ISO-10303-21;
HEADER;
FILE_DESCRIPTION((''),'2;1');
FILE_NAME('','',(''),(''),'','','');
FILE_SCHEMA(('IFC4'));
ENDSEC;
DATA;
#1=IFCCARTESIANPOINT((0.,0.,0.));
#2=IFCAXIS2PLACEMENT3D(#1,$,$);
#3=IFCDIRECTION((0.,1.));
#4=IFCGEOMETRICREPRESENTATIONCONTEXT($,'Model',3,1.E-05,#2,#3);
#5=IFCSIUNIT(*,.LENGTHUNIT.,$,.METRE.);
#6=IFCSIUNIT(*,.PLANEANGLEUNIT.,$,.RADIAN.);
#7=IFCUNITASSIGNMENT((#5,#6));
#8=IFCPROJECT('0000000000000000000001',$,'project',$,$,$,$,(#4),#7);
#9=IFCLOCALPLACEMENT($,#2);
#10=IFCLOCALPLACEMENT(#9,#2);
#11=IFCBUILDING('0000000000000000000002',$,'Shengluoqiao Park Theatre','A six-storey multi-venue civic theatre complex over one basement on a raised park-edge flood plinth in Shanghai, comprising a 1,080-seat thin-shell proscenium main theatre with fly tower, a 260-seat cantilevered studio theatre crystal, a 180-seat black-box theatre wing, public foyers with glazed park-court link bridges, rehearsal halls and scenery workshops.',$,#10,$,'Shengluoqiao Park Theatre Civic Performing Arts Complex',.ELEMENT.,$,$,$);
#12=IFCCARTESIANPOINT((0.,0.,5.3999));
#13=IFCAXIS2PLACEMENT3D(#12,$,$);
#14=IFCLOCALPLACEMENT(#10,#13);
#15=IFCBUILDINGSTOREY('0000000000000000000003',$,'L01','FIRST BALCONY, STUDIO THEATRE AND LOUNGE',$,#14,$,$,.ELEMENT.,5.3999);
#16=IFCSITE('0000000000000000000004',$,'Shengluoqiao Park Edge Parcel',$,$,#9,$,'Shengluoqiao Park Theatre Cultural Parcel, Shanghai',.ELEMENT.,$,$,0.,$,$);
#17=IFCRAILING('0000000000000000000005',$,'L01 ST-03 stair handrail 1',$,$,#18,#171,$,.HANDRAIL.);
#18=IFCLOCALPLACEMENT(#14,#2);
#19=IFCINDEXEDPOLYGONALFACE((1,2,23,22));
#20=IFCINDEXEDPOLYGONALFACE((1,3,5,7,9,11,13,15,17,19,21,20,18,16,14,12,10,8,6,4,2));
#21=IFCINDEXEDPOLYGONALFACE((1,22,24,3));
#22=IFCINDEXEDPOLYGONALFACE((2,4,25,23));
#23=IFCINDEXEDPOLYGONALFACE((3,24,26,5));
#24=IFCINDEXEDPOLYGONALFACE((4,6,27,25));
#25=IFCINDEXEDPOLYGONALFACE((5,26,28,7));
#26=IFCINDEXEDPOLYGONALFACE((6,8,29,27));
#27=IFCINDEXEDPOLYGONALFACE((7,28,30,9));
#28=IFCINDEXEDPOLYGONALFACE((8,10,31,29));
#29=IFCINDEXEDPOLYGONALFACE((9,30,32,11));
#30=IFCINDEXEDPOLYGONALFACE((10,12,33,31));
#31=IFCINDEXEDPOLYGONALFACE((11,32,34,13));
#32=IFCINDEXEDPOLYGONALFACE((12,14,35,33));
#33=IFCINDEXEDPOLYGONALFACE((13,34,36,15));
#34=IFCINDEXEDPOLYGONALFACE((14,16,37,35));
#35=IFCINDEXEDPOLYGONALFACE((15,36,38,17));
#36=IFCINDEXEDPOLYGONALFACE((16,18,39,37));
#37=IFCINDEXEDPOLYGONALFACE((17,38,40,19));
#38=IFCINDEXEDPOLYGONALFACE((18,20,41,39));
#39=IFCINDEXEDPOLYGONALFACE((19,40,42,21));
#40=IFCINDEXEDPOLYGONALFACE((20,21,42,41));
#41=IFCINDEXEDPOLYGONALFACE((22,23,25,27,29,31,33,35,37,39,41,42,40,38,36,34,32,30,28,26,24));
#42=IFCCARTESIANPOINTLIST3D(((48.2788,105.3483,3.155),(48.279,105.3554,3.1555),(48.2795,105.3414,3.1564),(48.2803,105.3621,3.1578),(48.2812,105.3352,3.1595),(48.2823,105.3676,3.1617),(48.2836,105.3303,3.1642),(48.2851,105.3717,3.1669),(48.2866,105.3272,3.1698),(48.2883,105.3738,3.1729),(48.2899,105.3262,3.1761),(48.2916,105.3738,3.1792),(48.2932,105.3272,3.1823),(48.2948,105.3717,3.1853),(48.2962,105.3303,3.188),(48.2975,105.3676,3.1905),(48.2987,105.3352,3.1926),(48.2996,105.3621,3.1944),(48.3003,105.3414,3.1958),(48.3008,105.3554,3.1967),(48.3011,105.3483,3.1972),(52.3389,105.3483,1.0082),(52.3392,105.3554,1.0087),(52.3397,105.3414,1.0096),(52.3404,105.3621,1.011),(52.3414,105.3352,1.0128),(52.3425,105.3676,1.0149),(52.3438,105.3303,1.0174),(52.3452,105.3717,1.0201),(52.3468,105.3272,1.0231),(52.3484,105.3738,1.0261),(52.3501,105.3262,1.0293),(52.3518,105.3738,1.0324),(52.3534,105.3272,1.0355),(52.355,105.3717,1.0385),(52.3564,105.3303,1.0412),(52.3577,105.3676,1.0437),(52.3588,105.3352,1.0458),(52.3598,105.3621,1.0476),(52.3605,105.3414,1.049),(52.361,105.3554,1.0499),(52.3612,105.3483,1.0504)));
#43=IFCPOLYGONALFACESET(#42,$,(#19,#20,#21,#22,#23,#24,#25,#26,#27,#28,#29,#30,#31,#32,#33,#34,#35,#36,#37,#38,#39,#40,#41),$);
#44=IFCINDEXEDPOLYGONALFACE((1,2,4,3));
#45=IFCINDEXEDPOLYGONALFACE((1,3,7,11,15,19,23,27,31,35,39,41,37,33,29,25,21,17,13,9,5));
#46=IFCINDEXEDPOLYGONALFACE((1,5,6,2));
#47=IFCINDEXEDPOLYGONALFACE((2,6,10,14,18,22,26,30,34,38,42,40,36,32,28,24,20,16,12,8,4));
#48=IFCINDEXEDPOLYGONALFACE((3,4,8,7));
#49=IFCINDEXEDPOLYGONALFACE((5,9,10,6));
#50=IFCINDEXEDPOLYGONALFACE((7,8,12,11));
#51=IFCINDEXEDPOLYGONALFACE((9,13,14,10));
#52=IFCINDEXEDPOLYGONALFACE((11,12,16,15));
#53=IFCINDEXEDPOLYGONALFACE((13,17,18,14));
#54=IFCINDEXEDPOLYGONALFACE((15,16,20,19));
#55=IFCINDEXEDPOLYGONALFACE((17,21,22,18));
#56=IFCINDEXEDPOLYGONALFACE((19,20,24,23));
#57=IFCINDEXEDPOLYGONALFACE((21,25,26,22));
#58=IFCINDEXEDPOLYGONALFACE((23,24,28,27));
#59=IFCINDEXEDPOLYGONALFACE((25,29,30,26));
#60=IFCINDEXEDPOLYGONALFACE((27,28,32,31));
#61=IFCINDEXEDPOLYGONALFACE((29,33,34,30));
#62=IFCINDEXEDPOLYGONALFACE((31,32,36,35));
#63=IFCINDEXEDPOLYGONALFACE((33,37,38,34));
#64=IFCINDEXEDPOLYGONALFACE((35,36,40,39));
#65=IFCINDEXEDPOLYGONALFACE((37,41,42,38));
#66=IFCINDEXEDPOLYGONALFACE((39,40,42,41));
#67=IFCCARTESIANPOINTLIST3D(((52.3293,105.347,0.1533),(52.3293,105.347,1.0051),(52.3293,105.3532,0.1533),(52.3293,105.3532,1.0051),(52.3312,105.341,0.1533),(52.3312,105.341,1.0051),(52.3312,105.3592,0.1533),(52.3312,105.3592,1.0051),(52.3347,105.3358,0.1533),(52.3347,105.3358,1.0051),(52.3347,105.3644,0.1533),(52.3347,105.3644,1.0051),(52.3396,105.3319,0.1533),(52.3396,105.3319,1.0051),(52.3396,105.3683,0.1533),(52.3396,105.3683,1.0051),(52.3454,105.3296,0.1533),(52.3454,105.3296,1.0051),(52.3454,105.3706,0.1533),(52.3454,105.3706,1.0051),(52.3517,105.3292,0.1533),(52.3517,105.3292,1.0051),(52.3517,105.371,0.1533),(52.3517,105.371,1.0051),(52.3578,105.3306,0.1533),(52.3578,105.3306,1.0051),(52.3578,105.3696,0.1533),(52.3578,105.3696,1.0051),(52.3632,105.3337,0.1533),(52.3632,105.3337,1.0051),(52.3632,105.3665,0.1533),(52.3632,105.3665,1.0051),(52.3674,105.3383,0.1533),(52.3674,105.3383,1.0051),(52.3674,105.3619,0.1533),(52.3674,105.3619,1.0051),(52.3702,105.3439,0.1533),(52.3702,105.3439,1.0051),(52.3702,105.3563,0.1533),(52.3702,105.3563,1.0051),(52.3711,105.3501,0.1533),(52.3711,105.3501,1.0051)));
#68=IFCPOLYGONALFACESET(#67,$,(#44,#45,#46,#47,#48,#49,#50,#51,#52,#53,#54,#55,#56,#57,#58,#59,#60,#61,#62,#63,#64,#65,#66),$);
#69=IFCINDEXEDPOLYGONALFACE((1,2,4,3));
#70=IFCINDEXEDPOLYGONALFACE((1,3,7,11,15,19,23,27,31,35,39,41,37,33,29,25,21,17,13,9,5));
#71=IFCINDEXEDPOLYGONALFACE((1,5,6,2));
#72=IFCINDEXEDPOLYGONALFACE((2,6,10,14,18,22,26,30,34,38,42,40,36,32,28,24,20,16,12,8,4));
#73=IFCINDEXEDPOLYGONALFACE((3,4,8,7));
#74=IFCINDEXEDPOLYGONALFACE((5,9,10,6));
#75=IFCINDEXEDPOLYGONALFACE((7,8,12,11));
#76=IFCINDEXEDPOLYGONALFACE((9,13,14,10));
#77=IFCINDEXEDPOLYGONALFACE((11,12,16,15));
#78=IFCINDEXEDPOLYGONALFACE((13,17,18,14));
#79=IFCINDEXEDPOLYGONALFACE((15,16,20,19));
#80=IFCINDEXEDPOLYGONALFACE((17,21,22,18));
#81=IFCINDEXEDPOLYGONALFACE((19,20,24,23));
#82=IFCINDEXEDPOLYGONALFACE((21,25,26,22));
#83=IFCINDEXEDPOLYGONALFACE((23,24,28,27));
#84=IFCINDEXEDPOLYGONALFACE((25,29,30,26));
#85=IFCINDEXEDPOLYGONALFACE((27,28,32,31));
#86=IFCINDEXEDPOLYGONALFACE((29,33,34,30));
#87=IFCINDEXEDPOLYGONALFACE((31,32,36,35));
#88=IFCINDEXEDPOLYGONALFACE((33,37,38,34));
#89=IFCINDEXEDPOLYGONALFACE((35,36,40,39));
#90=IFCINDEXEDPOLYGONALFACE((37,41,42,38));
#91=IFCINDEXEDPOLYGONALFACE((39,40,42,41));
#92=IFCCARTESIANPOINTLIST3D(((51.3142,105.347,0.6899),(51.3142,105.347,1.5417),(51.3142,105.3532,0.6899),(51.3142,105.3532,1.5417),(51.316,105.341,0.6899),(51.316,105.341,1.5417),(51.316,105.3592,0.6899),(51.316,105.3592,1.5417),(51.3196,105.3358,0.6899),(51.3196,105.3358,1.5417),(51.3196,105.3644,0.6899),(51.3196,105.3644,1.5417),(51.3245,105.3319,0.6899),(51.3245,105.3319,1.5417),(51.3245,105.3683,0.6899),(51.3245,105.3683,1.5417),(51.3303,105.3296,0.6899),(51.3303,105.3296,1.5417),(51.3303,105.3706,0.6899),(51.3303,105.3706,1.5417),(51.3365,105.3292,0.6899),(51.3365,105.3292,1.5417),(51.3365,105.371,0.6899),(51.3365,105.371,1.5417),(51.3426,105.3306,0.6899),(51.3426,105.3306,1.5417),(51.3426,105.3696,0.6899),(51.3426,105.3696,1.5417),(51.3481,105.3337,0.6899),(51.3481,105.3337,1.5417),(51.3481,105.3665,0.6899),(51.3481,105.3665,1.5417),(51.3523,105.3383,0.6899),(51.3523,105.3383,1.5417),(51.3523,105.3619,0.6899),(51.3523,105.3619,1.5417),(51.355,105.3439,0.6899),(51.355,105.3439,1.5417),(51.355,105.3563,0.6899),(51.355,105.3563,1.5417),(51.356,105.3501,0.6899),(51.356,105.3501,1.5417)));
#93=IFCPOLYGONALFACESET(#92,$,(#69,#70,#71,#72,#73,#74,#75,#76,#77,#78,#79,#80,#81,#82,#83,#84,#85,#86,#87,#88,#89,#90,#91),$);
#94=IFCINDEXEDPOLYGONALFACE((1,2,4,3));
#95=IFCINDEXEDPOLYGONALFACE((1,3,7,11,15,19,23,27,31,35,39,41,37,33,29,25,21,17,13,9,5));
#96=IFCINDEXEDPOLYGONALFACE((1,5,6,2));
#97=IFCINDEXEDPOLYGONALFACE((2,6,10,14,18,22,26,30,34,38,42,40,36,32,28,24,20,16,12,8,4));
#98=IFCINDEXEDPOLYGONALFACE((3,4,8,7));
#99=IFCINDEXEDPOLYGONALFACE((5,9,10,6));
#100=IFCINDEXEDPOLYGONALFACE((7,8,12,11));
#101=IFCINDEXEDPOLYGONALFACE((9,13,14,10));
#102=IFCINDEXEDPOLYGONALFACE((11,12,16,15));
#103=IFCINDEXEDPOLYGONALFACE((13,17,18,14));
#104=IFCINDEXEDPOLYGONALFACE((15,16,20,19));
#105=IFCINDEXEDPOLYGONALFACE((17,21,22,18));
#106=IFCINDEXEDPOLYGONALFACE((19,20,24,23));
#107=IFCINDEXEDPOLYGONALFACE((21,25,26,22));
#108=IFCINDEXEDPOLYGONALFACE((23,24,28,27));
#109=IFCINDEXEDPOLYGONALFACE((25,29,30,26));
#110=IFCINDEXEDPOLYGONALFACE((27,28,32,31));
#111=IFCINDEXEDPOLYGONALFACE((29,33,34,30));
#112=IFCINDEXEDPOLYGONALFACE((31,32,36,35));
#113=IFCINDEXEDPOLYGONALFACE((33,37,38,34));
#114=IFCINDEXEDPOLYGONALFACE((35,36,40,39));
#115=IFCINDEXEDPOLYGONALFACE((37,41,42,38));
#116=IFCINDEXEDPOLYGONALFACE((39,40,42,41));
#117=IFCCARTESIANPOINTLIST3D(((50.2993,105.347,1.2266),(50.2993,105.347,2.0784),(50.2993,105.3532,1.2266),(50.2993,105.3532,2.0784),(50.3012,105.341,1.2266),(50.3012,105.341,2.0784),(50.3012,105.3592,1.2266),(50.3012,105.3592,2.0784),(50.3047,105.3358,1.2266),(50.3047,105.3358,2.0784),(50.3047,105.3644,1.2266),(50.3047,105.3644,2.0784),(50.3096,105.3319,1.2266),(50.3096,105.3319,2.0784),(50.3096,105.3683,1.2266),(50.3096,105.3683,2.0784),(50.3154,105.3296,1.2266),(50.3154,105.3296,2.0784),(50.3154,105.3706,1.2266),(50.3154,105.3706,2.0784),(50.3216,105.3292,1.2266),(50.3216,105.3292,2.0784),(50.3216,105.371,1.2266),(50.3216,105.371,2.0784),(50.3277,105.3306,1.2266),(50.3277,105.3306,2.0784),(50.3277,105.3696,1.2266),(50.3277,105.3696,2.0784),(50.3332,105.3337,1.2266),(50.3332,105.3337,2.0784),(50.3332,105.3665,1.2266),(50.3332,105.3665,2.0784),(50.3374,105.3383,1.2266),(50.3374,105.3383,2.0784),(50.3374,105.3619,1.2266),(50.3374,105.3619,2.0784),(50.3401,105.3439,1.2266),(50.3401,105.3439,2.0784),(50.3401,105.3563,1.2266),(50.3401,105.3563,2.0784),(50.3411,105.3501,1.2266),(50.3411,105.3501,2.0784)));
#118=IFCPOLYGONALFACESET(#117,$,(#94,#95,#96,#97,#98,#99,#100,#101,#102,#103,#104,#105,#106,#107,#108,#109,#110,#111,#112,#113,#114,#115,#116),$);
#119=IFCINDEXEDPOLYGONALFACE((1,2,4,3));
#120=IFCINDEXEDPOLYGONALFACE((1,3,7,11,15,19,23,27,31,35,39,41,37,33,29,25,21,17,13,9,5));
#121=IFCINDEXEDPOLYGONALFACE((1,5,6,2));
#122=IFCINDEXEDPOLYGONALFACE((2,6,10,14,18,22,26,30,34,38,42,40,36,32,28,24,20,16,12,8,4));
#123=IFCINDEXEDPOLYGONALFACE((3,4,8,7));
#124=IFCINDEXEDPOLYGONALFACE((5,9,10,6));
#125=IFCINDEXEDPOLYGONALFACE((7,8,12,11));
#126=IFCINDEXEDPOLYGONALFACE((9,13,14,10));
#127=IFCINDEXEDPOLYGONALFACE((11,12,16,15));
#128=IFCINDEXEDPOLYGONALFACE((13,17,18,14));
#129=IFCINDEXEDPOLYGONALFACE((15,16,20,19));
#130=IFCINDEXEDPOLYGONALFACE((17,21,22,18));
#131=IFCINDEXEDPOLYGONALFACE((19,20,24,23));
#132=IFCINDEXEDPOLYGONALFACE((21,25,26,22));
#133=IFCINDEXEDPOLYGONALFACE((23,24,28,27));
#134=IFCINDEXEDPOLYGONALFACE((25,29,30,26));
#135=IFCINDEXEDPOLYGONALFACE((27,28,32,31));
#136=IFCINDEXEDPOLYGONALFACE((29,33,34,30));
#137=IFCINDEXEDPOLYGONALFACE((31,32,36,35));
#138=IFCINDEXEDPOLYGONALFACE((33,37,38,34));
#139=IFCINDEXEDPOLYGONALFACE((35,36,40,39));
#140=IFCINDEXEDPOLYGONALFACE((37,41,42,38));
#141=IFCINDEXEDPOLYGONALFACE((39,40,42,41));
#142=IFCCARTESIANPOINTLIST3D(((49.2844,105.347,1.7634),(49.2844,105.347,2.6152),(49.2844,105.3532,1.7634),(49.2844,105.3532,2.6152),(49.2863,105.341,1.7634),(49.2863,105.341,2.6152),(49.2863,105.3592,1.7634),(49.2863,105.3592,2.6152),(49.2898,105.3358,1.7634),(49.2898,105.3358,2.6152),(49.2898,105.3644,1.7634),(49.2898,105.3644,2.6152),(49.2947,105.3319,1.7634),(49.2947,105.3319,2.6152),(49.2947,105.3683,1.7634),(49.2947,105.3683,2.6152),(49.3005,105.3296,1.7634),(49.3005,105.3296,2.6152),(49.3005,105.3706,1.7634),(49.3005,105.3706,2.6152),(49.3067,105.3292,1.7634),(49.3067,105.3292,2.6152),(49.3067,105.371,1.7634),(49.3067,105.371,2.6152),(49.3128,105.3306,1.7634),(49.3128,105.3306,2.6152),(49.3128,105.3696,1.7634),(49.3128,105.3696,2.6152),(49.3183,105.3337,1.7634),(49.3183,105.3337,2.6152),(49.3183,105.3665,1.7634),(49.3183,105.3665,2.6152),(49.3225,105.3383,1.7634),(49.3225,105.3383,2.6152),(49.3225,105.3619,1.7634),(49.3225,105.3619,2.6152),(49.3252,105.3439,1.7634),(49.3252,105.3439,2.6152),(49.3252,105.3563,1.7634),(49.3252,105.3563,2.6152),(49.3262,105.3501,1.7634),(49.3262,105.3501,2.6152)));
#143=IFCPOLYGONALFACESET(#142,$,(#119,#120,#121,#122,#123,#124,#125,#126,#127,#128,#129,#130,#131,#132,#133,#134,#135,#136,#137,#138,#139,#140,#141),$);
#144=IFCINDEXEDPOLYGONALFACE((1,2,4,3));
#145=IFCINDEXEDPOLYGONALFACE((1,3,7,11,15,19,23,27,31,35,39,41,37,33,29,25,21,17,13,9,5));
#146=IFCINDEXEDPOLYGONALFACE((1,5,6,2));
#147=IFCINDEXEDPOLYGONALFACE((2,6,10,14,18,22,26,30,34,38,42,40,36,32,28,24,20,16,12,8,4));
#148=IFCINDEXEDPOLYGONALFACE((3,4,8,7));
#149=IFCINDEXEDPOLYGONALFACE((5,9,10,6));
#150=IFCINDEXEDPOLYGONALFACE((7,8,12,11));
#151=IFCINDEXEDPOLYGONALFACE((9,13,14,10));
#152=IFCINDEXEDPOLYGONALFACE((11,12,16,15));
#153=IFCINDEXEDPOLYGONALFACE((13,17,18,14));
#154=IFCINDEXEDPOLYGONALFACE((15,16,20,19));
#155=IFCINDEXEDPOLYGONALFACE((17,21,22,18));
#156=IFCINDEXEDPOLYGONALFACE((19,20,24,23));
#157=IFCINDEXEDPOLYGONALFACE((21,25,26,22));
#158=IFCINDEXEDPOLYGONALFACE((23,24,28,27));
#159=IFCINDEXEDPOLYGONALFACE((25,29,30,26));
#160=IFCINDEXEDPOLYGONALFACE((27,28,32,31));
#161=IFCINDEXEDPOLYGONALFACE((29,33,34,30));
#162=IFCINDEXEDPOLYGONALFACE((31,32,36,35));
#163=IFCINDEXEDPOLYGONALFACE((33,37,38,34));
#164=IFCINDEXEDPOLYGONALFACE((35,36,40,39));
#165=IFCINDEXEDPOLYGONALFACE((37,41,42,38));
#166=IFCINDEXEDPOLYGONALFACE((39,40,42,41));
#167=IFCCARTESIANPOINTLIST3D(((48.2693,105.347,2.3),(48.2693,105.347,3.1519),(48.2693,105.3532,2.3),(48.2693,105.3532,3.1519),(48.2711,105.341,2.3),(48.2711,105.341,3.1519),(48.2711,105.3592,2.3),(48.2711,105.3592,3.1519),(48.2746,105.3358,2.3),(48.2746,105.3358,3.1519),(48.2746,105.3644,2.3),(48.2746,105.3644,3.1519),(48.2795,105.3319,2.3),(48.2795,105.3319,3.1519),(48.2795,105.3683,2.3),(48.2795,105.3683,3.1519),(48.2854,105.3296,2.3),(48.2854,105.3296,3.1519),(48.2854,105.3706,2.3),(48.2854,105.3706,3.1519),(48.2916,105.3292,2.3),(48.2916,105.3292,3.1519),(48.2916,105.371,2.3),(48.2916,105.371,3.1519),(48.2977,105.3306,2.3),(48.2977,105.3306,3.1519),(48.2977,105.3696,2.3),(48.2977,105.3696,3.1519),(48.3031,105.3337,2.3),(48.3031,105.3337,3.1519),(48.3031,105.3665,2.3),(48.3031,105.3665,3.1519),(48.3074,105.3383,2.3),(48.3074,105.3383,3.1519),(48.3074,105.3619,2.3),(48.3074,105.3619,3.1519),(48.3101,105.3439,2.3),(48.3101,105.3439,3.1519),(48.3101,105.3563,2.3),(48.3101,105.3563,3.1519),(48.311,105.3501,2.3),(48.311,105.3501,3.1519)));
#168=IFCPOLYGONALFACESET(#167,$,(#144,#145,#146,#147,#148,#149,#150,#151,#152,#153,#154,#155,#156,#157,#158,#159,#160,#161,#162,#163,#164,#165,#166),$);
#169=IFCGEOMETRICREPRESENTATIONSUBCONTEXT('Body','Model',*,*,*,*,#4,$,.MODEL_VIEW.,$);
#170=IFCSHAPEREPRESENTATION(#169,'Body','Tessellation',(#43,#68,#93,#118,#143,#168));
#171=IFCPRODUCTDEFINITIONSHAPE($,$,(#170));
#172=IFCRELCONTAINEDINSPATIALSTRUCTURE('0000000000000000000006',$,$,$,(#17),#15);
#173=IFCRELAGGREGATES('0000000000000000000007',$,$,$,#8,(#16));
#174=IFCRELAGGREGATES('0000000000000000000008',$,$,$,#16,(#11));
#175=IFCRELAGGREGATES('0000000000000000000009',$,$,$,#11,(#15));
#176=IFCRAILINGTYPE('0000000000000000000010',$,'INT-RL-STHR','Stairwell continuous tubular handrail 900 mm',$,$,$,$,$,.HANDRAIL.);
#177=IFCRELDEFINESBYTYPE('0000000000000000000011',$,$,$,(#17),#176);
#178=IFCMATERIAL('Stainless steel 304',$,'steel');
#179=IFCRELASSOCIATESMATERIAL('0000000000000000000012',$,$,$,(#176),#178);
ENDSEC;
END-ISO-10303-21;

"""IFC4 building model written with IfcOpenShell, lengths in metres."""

from ifc_helpers import new_model, si_unit, direction, frame, origin, origin_2d, place, context, subcontext, project, spatial, circle, extrude, material, type_object, element, save


model = new_model("IFC4")

# Units and contexts
model_context = context("Model", 3, precision=1e-05, world=origin(), true_north=direction((0.0, 1.0)))
body_context = subcontext(model_context, "Body", "Model", "MODEL_VIEW")
ifc_project = project(units=[si_unit("LENGTHUNIT", "METRE"), si_unit("PLANEANGLEUNIT", "RADIAN")], contexts=[model_context])

# Site, building, storey
site_placement = place(None, origin())
site = spatial("IfcSite", under=ifc_project, at=site_placement, Name="Shengluoqiao Park Edge Parcel", LongName="Shengluoqiao Park Theatre Cultural Parcel, Shanghai", CompositionType="ELEMENT", RefElevation=0.0)
building_placement = place(site_placement, origin())
building = spatial("IfcBuilding", under=site, at=building_placement, Name="Shengluoqiao Park Theatre", Description="A six-storey multi-venue civic theatre complex over one basement on a raised park-edge flood plinth in Shanghai, comprising a 1,080-seat thin-shell proscenium main theatre with fly tower, a 260-seat cantilevered studio theatre crystal, a 180-seat black-box theatre wing, public foyers with glazed park-court link bridges, rehearsal halls and scenery workshops.", LongName="Shengluoqiao Park Theatre Civic Performing Arts Complex", CompositionType="ELEMENT")
storey_placement = place(building_placement, frame((0.0, 0.0, 5.3999)))
storey = spatial("IfcBuildingStorey", under=building, at=storey_placement, Name="L01", Description="FIRST BALCONY, STUDIO THEATRE AND LOUNGE", CompositionType="ELEMENT", Elevation=5.3999)

# Railing
ifc_material_1 = material(Name="Stainless steel 304", Category="steel")
railing_type_1 = type_object("IfcRailingType", Name="INT-RL-STHR", Description="Stairwell continuous tubular handrail 900 mm", PredefinedType="HANDRAIL", material=ifc_material_1)
railing_1_placement = place(storey_placement, frame((52.3501, 105.3501, 0.1533)))
element("IfcRailing", 1, at=railing_1_placement, inside=storey, type_object=railing_type_1, Name="L01 ST-03 stair handrail 1", PredefinedType="HANDRAIL", context=body_context, shape_type="SweptSolid", body=[
    extrude(circle(Radius=0.0239, at=origin_2d()), frame((0.0, 0.0, 0.876), z_axis=(-0.884032, 0.0, 0.467426), x_axis=(0.0, -1.0, 0.0)), (0.0, 0.0, 1.0), 4.5928),
    extrude(circle(Radius=0.021, at=origin_2d()), origin(), (0.0, 0.0, 1.0), 0.8518),
    extrude(circle(Radius=0.021, at=origin_2d()), frame((-1.0151, 0.0, 0.5366)), (0.0, 0.0, 1.0), 0.8518),
    extrude(circle(Radius=0.021, at=origin_2d()), frame((-2.03, 0.0, 1.0732)), (0.0, 0.0, 1.0), 0.8518),
    extrude(circle(Radius=0.021, at=origin_2d()), frame((-3.0449, 0.0, 1.6101)), (0.0, 0.0, 1.0), 0.8518),
    extrude(circle(Radius=0.021, at=origin_2d()), frame((-4.0601, 0.0, 2.1467)), (0.0, 0.0, 1.0), 0.8518),
])

save(model, "model.ifc")
